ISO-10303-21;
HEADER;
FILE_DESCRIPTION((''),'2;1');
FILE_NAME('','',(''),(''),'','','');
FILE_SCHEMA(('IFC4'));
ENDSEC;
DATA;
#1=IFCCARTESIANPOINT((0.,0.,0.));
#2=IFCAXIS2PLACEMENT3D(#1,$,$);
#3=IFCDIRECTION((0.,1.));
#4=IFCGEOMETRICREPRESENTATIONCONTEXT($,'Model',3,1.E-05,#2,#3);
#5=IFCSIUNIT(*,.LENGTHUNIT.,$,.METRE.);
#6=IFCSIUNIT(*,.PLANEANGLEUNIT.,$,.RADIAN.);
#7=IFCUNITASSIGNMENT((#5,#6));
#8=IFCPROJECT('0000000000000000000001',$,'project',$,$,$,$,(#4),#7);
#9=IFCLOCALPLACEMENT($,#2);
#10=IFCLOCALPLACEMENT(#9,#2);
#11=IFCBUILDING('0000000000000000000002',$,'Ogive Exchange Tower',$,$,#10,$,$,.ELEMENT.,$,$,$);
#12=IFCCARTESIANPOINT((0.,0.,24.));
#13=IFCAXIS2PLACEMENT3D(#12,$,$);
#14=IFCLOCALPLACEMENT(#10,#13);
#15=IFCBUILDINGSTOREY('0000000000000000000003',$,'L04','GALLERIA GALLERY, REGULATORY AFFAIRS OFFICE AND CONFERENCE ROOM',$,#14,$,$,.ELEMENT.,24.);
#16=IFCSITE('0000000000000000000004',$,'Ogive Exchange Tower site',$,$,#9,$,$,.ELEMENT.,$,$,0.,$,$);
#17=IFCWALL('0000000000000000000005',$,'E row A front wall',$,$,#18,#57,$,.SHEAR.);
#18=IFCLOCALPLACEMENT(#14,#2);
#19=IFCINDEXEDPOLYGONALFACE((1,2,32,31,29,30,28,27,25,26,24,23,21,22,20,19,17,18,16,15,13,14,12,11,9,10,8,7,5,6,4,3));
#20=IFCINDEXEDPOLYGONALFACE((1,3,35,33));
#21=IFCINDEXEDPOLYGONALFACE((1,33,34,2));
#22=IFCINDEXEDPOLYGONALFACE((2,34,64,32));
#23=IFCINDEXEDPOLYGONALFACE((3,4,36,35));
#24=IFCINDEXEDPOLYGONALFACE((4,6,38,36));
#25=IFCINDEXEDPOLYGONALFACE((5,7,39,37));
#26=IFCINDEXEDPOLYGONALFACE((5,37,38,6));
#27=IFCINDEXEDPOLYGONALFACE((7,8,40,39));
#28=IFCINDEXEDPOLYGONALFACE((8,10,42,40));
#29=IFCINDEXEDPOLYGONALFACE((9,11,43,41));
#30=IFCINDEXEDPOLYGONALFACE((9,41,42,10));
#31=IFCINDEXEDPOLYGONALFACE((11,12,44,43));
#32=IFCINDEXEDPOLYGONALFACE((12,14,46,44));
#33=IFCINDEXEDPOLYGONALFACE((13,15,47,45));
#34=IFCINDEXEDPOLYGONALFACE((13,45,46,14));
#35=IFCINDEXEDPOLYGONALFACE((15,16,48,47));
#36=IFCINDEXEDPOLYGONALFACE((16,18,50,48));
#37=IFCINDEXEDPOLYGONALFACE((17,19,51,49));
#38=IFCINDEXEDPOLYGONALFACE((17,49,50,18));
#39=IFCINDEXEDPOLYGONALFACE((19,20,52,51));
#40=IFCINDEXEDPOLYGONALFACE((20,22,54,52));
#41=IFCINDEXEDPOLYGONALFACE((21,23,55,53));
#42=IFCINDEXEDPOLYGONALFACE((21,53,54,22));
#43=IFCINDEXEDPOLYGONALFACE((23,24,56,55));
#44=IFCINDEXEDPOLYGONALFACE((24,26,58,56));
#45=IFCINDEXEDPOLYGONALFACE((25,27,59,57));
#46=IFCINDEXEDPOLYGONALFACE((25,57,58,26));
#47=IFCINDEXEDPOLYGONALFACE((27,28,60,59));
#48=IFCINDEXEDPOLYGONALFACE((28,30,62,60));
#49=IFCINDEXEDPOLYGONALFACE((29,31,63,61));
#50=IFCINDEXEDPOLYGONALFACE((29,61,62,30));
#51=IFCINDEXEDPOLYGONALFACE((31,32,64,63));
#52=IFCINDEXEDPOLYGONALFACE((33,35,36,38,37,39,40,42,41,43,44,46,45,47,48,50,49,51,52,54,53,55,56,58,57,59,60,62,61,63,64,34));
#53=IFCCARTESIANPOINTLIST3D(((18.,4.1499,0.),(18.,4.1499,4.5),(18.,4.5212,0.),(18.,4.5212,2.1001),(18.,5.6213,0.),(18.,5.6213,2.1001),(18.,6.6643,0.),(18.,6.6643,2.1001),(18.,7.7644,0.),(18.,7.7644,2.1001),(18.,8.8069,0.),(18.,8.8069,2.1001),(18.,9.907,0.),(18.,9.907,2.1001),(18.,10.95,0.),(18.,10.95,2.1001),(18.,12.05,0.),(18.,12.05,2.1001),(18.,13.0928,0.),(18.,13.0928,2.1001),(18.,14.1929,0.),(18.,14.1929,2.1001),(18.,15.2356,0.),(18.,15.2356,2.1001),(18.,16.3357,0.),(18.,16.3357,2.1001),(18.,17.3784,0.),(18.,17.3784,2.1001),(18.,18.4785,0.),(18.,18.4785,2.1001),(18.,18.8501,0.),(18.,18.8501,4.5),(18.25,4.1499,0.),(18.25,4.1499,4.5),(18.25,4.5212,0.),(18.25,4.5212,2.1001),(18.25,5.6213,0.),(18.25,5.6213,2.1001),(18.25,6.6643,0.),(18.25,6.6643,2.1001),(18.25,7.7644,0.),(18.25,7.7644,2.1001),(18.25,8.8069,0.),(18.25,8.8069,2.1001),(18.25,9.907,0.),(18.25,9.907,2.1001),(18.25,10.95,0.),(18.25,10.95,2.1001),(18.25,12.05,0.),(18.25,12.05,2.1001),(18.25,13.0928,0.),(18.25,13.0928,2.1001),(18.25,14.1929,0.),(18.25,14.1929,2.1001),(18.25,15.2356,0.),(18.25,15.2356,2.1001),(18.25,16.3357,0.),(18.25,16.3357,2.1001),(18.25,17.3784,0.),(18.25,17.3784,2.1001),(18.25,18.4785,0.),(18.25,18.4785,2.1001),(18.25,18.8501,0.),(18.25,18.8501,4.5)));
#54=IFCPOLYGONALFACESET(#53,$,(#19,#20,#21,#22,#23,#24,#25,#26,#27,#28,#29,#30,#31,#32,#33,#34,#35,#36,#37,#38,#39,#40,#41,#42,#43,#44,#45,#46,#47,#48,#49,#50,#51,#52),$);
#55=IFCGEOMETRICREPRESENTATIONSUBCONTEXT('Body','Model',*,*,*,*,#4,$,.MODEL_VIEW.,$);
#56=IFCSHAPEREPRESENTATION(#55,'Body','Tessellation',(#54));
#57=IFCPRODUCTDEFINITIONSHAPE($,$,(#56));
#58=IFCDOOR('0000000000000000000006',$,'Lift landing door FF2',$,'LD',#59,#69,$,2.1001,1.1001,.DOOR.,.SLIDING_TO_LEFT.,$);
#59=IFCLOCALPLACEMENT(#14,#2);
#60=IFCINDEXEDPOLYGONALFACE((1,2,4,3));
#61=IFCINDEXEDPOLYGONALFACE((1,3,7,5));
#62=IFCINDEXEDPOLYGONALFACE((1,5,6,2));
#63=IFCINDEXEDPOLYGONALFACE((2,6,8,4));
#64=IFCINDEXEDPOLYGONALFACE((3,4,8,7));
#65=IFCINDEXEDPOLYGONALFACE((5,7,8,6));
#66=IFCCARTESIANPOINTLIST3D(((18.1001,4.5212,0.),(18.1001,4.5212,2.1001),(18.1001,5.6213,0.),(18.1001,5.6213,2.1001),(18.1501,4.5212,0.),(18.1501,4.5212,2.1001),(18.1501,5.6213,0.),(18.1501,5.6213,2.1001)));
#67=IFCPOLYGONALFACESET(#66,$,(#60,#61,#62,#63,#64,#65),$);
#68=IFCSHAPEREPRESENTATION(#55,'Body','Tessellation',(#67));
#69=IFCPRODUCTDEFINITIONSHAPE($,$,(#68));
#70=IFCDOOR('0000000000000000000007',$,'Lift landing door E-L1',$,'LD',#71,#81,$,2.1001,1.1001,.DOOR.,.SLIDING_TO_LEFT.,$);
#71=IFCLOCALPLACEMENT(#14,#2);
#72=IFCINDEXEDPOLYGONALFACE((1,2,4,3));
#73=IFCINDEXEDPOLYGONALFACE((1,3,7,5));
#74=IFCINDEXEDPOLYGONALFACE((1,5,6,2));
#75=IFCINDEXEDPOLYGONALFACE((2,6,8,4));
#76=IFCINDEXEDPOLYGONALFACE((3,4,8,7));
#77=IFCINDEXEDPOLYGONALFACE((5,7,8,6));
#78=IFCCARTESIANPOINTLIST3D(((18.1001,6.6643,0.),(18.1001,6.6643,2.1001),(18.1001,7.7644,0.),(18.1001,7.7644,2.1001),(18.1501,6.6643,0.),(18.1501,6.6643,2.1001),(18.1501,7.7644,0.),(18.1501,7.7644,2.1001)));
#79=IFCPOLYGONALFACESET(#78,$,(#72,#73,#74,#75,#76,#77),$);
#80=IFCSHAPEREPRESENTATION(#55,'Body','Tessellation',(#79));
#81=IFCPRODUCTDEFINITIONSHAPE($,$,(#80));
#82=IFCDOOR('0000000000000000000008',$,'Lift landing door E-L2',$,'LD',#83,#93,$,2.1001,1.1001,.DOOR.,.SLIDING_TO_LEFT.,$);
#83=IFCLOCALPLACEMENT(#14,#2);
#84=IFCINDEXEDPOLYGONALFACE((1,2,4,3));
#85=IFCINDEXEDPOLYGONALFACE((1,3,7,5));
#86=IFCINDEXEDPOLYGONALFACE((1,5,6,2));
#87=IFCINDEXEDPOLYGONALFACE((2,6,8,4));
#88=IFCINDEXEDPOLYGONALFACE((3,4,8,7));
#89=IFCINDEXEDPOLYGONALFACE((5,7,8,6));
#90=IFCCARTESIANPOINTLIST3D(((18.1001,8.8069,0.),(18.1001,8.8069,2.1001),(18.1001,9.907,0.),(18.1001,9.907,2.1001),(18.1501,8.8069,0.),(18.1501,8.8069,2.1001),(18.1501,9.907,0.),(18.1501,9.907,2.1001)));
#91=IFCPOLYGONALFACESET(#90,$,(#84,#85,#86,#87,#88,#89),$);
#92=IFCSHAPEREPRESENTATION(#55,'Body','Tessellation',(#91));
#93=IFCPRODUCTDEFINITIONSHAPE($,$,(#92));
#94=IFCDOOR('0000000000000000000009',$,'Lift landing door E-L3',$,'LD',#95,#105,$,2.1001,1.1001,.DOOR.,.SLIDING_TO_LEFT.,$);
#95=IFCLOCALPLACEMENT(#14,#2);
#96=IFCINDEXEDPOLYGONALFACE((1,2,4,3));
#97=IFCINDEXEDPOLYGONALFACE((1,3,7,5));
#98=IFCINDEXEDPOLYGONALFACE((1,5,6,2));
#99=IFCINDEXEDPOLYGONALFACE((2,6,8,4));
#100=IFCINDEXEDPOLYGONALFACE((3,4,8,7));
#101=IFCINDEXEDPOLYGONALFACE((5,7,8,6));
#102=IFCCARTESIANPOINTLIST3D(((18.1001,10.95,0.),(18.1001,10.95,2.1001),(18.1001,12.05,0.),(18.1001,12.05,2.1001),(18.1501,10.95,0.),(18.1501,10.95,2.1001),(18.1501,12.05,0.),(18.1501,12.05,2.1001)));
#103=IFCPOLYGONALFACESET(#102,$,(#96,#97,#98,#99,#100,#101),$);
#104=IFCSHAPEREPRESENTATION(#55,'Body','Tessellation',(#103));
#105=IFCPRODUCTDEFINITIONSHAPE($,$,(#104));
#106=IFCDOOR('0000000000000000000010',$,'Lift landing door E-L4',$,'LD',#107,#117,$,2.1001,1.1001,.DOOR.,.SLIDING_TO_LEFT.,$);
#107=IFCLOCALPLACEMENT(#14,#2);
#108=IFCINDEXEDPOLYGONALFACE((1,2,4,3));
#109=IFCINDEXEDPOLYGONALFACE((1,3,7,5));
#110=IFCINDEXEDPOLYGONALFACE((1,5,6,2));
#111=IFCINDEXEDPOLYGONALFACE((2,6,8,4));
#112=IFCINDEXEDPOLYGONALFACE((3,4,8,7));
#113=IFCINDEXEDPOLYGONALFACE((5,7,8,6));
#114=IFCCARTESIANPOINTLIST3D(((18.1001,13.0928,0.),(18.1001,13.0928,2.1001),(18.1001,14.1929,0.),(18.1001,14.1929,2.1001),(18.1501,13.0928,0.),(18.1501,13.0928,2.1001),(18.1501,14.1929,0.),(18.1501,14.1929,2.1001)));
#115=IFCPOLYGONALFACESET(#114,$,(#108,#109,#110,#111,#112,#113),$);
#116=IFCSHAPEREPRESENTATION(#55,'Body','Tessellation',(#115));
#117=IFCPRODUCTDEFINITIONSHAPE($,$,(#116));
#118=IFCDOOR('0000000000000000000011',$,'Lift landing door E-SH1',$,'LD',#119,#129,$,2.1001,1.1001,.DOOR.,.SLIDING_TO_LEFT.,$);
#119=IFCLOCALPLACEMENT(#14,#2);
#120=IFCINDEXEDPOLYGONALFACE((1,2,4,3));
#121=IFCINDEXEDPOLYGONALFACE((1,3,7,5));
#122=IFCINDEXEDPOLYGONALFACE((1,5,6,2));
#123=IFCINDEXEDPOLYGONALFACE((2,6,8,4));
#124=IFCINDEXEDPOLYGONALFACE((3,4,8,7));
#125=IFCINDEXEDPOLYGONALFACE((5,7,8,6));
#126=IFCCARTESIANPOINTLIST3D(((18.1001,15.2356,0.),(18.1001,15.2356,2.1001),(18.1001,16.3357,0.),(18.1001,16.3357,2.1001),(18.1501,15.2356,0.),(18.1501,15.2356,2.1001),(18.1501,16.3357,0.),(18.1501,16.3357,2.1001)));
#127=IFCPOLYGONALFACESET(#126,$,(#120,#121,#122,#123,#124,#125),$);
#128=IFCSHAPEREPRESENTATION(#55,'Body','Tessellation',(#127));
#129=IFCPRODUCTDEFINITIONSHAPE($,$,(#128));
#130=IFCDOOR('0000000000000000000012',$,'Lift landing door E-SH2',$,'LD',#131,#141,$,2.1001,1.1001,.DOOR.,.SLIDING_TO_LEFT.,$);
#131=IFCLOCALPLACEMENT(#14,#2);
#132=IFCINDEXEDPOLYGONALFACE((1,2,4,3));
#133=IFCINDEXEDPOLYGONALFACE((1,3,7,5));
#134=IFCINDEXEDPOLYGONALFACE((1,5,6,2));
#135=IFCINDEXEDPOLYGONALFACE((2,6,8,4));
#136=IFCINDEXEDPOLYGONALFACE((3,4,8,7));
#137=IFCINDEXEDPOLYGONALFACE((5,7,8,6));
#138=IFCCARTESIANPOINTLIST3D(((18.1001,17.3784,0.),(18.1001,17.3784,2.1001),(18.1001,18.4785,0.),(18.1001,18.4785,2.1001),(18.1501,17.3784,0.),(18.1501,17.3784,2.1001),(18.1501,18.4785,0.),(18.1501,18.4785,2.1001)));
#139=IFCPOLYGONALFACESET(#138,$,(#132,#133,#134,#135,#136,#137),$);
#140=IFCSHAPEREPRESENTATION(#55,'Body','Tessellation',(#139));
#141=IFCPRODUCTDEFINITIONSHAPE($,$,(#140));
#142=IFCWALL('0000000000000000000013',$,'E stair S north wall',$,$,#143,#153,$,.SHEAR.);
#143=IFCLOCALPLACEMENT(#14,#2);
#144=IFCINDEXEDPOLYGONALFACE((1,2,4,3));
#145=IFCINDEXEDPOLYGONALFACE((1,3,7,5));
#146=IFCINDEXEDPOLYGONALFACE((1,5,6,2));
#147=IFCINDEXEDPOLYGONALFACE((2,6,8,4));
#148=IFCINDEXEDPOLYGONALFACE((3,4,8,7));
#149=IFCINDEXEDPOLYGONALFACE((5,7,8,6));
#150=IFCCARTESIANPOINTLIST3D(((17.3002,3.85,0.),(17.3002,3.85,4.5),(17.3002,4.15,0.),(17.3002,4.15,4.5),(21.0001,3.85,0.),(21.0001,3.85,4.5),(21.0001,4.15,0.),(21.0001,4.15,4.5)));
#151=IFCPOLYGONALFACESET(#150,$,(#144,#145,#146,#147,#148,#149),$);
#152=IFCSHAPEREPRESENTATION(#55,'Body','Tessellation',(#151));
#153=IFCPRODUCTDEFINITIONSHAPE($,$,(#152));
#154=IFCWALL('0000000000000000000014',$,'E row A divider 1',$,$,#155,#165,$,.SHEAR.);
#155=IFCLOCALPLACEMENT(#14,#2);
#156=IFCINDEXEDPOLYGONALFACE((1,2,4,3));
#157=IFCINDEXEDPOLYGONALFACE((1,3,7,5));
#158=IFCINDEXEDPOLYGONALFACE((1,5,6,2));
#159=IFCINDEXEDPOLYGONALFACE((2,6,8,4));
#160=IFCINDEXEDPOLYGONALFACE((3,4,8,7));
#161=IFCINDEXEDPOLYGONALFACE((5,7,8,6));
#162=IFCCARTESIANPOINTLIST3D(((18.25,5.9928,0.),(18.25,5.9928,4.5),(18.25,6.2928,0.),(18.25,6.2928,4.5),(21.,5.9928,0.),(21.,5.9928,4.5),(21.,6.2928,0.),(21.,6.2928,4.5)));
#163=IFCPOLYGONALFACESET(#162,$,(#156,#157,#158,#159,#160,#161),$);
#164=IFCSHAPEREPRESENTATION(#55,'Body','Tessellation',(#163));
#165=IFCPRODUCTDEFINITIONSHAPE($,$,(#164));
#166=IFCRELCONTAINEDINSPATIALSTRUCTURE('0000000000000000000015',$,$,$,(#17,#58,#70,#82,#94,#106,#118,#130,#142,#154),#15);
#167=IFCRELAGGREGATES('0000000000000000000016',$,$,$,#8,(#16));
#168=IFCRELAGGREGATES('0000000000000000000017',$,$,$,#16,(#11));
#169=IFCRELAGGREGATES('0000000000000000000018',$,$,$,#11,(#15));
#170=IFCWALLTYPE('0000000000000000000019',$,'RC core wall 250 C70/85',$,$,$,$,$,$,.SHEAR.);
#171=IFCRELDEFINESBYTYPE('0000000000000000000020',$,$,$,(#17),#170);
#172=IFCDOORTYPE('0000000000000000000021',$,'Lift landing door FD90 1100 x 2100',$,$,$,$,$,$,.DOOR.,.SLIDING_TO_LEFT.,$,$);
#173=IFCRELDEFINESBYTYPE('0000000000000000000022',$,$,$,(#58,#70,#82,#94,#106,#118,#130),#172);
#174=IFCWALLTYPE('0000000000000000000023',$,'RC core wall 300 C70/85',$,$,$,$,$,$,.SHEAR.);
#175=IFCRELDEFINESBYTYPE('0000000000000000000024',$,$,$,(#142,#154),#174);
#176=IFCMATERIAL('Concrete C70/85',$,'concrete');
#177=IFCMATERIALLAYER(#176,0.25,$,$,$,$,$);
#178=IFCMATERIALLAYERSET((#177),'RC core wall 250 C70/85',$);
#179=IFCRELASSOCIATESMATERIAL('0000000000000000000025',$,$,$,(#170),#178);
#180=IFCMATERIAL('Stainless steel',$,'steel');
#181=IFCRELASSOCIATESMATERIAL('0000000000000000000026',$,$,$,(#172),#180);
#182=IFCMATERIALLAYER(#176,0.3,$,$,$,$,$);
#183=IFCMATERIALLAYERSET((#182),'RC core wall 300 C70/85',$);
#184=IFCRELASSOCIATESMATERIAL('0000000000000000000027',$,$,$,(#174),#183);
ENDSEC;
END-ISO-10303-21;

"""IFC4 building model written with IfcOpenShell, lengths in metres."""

from ifc_helpers import new_model, si_unit, direction, frame, frame_2d, origin, place, context, subcontext, project, spatial, rectangle, extrude, material, layer, layer_set, type_object, element, fill, save


model = new_model("IFC4")

# Units and contexts
model_context = context("Model", 3, precision=1e-05, world=origin(), true_north=direction((0.0, 1.0)))
body_context = subcontext(model_context, "Body", "Model", "MODEL_VIEW")
ifc_project = project(units=[si_unit("LENGTHUNIT", "METRE"), si_unit("PLANEANGLEUNIT", "RADIAN")], contexts=[model_context])

# Site, building, storey
site_placement = place(None, origin())
site = spatial("IfcSite", under=ifc_project, at=site_placement, Name="Ogive Exchange Tower site", CompositionType="ELEMENT", RefElevation=0.0)
building_placement = place(site_placement, origin())
building = spatial("IfcBuilding", under=site, at=building_placement, Name="Ogive Exchange Tower", CompositionType="ELEMENT")
storey_placement = place(building_placement, frame((0.0, 0.0, 24.0)))
storey = spatial("IfcBuildingStorey", under=building, at=storey_placement, Name="L04", Description="GALLERIA GALLERY, REGULATORY AFFAIRS OFFICE AND CONFERENCE ROOM", CompositionType="ELEMENT", Elevation=24.0)

# Shared definitions
ifc_material_1 = material(Name="Concrete C70/85", Category="concrete")

# Wall, openings, doors
ifc_layer_1 = layer(ifc_material_1, 0.25)
ifc_layer_set_1 = layer_set([ifc_layer_1], Name="RC core wall 250 C70/85")
wall_type_1 = type_object("IfcWallType", Name="RC core wall 250 C70/85", PredefinedType="SHEAR", material=ifc_layer_set_1)
wall_1_placement = place(storey_placement, frame((18.125, 4.1499, 0.0), z_axis=(0.0, 0.0, 1.0), x_axis=(0.0, 1.0, 0.0)))
wall_1 = element("IfcWall", 1, at=wall_1_placement, inside=storey, type_object=wall_type_1, Name="E row A front wall", PredefinedType="SHEAR", context=body_context, shape_type="SweptSolid", body=[
    extrude(rectangle(XDim=14.7002, YDim=0.25, at=frame_2d((7.3501, 0.0))), origin(), (0.0, 0.0, 1.0), 4.5),
])
opening_1_placement = place(wall_1_placement, frame((0.3713, 0.0, 0.0)))
opening_1 = element("IfcOpeningElement", 2, at=opening_1_placement, cuts=wall_1, PredefinedType="OPENING", context=body_context, shape_type="SweptSolid", body=[
    extrude(rectangle(XDim=1.1001, YDim=2.1001, at=frame_2d((0.55, 1.05))), frame((0.0, 0.135, 0.0), z_axis=(0.0, -1.0, 0.0), x_axis=(1.0, 0.0, 0.0)), (0.0, 0.0, 1.0), 0.27),
])
opening_2_placement = place(wall_1_placement, frame((2.5144, 0.0, 0.0)))
opening_2 = element("IfcOpeningElement", 3, at=opening_2_placement, cuts=wall_1, PredefinedType="OPENING", context=body_context, shape_type="SweptSolid", body=[
    extrude(rectangle(XDim=1.1001, YDim=2.1001, at=frame_2d((0.55, 1.05))), frame((0.0, 0.135, 0.0), z_axis=(0.0, -1.0, 0.0), x_axis=(1.0, 0.0, 0.0)), (0.0, 0.0, 1.0), 0.27),
])
opening_3_placement = place(wall_1_placement, frame((4.657, 0.0, 0.0)))
opening_3 = element("IfcOpeningElement", 4, at=opening_3_placement, cuts=wall_1, PredefinedType="OPENING", context=body_context, shape_type="SweptSolid", body=[
    extrude(rectangle(XDim=1.1001, YDim=2.1001, at=frame_2d((0.55, 1.05))), frame((0.0, 0.135, 0.0), z_axis=(0.0, -1.0, 0.0), x_axis=(1.0, 0.0, 0.0)), (0.0, 0.0, 1.0), 0.27),
])
opening_4_placement = place(wall_1_placement, frame((6.8, 0.0, 0.0)))
opening_4 = element("IfcOpeningElement", 5, at=opening_4_placement, cuts=wall_1, PredefinedType="OPENING", context=body_context, shape_type="SweptSolid", body=[
    extrude(rectangle(XDim=1.1001, YDim=2.1001, at=frame_2d((0.55, 1.05))), frame((0.0, 0.135, 0.0), z_axis=(0.0, -1.0, 0.0), x_axis=(1.0, 0.0, 0.0)), (0.0, 0.0, 1.0), 0.27),
])
opening_5_placement = place(wall_1_placement, frame((8.9429, 0.0, 0.0)))
opening_5 = element("IfcOpeningElement", 6, at=opening_5_placement, cuts=wall_1, PredefinedType="OPENING", context=body_context, shape_type="SweptSolid", body=[
    extrude(rectangle(XDim=1.1001, YDim=2.1001, at=frame_2d((0.55, 1.05))), frame((0.0, 0.135, 0.0), z_axis=(0.0, -1.0, 0.0), x_axis=(1.0, 0.0, 0.0)), (0.0, 0.0, 1.0), 0.27),
])
opening_6_placement = place(wall_1_placement, frame((11.0857, 0.0, 0.0)))
opening_6 = element("IfcOpeningElement", 7, at=opening_6_placement, cuts=wall_1, PredefinedType="OPENING", context=body_context, shape_type="SweptSolid", body=[
    extrude(rectangle(XDim=1.1001, YDim=2.1001, at=frame_2d((0.55, 1.05))), frame((0.0, 0.135, 0.0), z_axis=(0.0, -1.0, 0.0), x_axis=(1.0, 0.0, 0.0)), (0.0, 0.0, 1.0), 0.27),
])
opening_7_placement = place(wall_1_placement, frame((13.2285, 0.0, 0.0)))
opening_7 = element("IfcOpeningElement", 8, at=opening_7_placement, cuts=wall_1, PredefinedType="OPENING", context=body_context, shape_type="SweptSolid", body=[
    extrude(rectangle(XDim=1.1001, YDim=2.1001, at=frame_2d((0.55, 1.05))), frame((0.0, 0.135, 0.0), z_axis=(0.0, -1.0, 0.0), x_axis=(1.0, 0.0, 0.0)), (0.0, 0.0, 1.0), 0.27),
])
ifc_material_2 = material(Name="Stainless steel", Category="steel")
door_type_1 = type_object("IfcDoorType", Name="Lift landing door FD90 1100 x 2100", OperationType="SLIDING_TO_LEFT", PredefinedType="DOOR", material=ifc_material_2)
door_1_placement = place(opening_1_placement, origin())
door_1 = element("IfcDoor", 9, at=door_1_placement, inside=storey, type_object=door_type_1, Name="Lift landing door FF2", ObjectType="LD", OperationType="SLIDING_TO_LEFT", OverallHeight=2.1001, OverallWidth=1.1001, PredefinedType="DOOR", context=body_context, shape_type="SweptSolid", body=[
    extrude(rectangle(XDim=1.1001, YDim=2.1001, at=frame_2d((0.55, 1.05))), frame((0.0, 0.0249, 0.0), z_axis=(0.0, -1.0, 0.0), x_axis=(1.0, 0.0, 0.0)), (0.0, 0.0, 1.0), 0.05),
])
fill(opening_1, door_1)
door_2_placement = place(opening_2_placement, origin())
door_2 = element("IfcDoor", 10, at=door_2_placement, inside=storey, type_object=door_type_1, Name="Lift landing door E-L1", ObjectType="LD", OperationType="SLIDING_TO_LEFT", OverallHeight=2.1001, OverallWidth=1.1001, PredefinedType="DOOR", context=body_context, shape_type="SweptSolid", body=[
    extrude(rectangle(XDim=1.1001, YDim=2.1001, at=frame_2d((0.55, 1.05))), frame((0.0, 0.0249, 0.0), z_axis=(0.0, -1.0, 0.0), x_axis=(1.0, 0.0, 0.0)), (0.0, 0.0, 1.0), 0.05),
])
fill(opening_2, door_2)
door_3_placement = place(opening_3_placement, origin())
door_3 = element("IfcDoor", 11, at=door_3_placement, inside=storey, type_object=door_type_1, Name="Lift landing door E-L2", ObjectType="LD", OperationType="SLIDING_TO_LEFT", OverallHeight=2.1001, OverallWidth=1.1001, PredefinedType="DOOR", context=body_context, shape_type="SweptSolid", body=[
    extrude(rectangle(XDim=1.1001, YDim=2.1001, at=frame_2d((0.55, 1.05))), frame((0.0, 0.0249, 0.0), z_axis=(0.0, -1.0, 0.0), x_axis=(1.0, 0.0, 0.0)), (0.0, 0.0, 1.0), 0.05),
])
fill(opening_3, door_3)
door_4_placement = place(opening_4_placement, origin())
door_4 = element("IfcDoor", 12, at=door_4_placement, inside=storey, type_object=door_type_1, Name="Lift landing door E-L3", ObjectType="LD", OperationType="SLIDING_TO_LEFT", OverallHeight=2.1001, OverallWidth=1.1001, PredefinedType="DOOR", context=body_context, shape_type="SweptSolid", body=[
    extrude(rectangle(XDim=1.1001, YDim=2.1001, at=frame_2d((0.55, 1.05))), frame((0.0, 0.0249, 0.0), z_axis=(0.0, -1.0, 0.0), x_axis=(1.0, 0.0, 0.0)), (0.0, 0.0, 1.0), 0.05),
])
fill(opening_4, door_4)
door_5_placement = place(opening_5_placement, origin())
door_5 = element("IfcDoor", 13, at=door_5_placement, inside=storey, type_object=door_type_1, Name="Lift landing door E-L4", ObjectType="LD", OperationType="SLIDING_TO_LEFT", OverallHeight=2.1001, OverallWidth=1.1001, PredefinedType="DOOR", context=body_context, shape_type="SweptSolid", body=[
    extrude(rectangle(XDim=1.1001, YDim=2.1001, at=frame_2d((0.55, 1.05))), frame((0.0, 0.0249, 0.0), z_axis=(0.0, -1.0, 0.0), x_axis=(1.0, 0.0, 0.0)), (0.0, 0.0, 1.0), 0.05),
])
fill(opening_5, door_5)
door_6_placement = place(opening_6_placement, origin())
door_6 = element("IfcDoor", 14, at=door_6_placement, inside=storey, type_object=door_type_1, Name="Lift landing door E-SH1", ObjectType="LD", OperationType="SLIDING_TO_LEFT", OverallHeight=2.1001, OverallWidth=1.1001, PredefinedType="DOOR", context=body_context, shape_type="SweptSolid", body=[
    extrude(rectangle(XDim=1.1001, YDim=2.1001, at=frame_2d((0.55, 1.05))), frame((0.0, 0.0249, 0.0), z_axis=(0.0, -1.0, 0.0), x_axis=(1.0, 0.0, 0.0)), (0.0, 0.0, 1.0), 0.05),
])
fill(opening_6, door_6)
door_7_placement = place(opening_7_placement, origin())
door_7 = element("IfcDoor", 15, at=door_7_placement, inside=storey, type_object=door_type_1, Name="Lift landing door E-SH2", ObjectType="LD", OperationType="SLIDING_TO_LEFT", OverallHeight=2.1001, OverallWidth=1.1001, PredefinedType="DOOR", context=body_context, shape_type="SweptSolid", body=[
    extrude(rectangle(XDim=1.1001, YDim=2.1001, at=frame_2d((0.55, 1.05))), frame((0.0, 0.0249, 0.0), z_axis=(0.0, -1.0, 0.0), x_axis=(1.0, 0.0, 0.0)), (0.0, 0.0, 1.0), 0.05),
])
fill(opening_7, door_7)

# Walls
ifc_layer_2 = layer(ifc_material_1, 0.3)
ifc_layer_set_2 = layer_set([ifc_layer_2], Name="RC core wall 300 C70/85")
wall_type_2 = type_object("IfcWallType", Name="RC core wall 300 C70/85", PredefinedType="SHEAR", material=ifc_layer_set_2)
wall_2_placement = place(storey_placement, frame((17.3, 4.0, 0.0), z_axis=(0.0, 0.0, 1.0), x_axis=(1.0, 0.0, 0.0)))
element("IfcWall", 16, at=wall_2_placement, inside=storey, type_object=wall_type_2, Name="E stair S north wall", PredefinedType="SHEAR", context=body_context, shape_type="SweptSolid", body=[
    extrude(rectangle(XDim=3.7, YDim=0.3, at=frame_2d((1.8501, 0.0))), origin(), (0.0, 0.0, 1.0), 4.5),
])
for number, where, z_axis, x_axis, name in (
    (17, (18.25, 6.1428, 0.0), (0.0, 0.0, 1.0), (1.0, 0.0, 0.0), "E row A divider 1"),
):
    element("IfcWall", number, at=place(storey_placement, frame(where, z_axis=z_axis, x_axis=x_axis)), inside=storey, type_object=wall_type_2, Name=name, PredefinedType="SHEAR", context=body_context, shape_type="SweptSolid", body=[
        extrude(rectangle(XDim=2.75, YDim=0.3, at=frame_2d((1.375, 0.0))), origin(), (0.0, 0.0, 1.0), 4.5),
    ])

save(model, "model.ifc")
